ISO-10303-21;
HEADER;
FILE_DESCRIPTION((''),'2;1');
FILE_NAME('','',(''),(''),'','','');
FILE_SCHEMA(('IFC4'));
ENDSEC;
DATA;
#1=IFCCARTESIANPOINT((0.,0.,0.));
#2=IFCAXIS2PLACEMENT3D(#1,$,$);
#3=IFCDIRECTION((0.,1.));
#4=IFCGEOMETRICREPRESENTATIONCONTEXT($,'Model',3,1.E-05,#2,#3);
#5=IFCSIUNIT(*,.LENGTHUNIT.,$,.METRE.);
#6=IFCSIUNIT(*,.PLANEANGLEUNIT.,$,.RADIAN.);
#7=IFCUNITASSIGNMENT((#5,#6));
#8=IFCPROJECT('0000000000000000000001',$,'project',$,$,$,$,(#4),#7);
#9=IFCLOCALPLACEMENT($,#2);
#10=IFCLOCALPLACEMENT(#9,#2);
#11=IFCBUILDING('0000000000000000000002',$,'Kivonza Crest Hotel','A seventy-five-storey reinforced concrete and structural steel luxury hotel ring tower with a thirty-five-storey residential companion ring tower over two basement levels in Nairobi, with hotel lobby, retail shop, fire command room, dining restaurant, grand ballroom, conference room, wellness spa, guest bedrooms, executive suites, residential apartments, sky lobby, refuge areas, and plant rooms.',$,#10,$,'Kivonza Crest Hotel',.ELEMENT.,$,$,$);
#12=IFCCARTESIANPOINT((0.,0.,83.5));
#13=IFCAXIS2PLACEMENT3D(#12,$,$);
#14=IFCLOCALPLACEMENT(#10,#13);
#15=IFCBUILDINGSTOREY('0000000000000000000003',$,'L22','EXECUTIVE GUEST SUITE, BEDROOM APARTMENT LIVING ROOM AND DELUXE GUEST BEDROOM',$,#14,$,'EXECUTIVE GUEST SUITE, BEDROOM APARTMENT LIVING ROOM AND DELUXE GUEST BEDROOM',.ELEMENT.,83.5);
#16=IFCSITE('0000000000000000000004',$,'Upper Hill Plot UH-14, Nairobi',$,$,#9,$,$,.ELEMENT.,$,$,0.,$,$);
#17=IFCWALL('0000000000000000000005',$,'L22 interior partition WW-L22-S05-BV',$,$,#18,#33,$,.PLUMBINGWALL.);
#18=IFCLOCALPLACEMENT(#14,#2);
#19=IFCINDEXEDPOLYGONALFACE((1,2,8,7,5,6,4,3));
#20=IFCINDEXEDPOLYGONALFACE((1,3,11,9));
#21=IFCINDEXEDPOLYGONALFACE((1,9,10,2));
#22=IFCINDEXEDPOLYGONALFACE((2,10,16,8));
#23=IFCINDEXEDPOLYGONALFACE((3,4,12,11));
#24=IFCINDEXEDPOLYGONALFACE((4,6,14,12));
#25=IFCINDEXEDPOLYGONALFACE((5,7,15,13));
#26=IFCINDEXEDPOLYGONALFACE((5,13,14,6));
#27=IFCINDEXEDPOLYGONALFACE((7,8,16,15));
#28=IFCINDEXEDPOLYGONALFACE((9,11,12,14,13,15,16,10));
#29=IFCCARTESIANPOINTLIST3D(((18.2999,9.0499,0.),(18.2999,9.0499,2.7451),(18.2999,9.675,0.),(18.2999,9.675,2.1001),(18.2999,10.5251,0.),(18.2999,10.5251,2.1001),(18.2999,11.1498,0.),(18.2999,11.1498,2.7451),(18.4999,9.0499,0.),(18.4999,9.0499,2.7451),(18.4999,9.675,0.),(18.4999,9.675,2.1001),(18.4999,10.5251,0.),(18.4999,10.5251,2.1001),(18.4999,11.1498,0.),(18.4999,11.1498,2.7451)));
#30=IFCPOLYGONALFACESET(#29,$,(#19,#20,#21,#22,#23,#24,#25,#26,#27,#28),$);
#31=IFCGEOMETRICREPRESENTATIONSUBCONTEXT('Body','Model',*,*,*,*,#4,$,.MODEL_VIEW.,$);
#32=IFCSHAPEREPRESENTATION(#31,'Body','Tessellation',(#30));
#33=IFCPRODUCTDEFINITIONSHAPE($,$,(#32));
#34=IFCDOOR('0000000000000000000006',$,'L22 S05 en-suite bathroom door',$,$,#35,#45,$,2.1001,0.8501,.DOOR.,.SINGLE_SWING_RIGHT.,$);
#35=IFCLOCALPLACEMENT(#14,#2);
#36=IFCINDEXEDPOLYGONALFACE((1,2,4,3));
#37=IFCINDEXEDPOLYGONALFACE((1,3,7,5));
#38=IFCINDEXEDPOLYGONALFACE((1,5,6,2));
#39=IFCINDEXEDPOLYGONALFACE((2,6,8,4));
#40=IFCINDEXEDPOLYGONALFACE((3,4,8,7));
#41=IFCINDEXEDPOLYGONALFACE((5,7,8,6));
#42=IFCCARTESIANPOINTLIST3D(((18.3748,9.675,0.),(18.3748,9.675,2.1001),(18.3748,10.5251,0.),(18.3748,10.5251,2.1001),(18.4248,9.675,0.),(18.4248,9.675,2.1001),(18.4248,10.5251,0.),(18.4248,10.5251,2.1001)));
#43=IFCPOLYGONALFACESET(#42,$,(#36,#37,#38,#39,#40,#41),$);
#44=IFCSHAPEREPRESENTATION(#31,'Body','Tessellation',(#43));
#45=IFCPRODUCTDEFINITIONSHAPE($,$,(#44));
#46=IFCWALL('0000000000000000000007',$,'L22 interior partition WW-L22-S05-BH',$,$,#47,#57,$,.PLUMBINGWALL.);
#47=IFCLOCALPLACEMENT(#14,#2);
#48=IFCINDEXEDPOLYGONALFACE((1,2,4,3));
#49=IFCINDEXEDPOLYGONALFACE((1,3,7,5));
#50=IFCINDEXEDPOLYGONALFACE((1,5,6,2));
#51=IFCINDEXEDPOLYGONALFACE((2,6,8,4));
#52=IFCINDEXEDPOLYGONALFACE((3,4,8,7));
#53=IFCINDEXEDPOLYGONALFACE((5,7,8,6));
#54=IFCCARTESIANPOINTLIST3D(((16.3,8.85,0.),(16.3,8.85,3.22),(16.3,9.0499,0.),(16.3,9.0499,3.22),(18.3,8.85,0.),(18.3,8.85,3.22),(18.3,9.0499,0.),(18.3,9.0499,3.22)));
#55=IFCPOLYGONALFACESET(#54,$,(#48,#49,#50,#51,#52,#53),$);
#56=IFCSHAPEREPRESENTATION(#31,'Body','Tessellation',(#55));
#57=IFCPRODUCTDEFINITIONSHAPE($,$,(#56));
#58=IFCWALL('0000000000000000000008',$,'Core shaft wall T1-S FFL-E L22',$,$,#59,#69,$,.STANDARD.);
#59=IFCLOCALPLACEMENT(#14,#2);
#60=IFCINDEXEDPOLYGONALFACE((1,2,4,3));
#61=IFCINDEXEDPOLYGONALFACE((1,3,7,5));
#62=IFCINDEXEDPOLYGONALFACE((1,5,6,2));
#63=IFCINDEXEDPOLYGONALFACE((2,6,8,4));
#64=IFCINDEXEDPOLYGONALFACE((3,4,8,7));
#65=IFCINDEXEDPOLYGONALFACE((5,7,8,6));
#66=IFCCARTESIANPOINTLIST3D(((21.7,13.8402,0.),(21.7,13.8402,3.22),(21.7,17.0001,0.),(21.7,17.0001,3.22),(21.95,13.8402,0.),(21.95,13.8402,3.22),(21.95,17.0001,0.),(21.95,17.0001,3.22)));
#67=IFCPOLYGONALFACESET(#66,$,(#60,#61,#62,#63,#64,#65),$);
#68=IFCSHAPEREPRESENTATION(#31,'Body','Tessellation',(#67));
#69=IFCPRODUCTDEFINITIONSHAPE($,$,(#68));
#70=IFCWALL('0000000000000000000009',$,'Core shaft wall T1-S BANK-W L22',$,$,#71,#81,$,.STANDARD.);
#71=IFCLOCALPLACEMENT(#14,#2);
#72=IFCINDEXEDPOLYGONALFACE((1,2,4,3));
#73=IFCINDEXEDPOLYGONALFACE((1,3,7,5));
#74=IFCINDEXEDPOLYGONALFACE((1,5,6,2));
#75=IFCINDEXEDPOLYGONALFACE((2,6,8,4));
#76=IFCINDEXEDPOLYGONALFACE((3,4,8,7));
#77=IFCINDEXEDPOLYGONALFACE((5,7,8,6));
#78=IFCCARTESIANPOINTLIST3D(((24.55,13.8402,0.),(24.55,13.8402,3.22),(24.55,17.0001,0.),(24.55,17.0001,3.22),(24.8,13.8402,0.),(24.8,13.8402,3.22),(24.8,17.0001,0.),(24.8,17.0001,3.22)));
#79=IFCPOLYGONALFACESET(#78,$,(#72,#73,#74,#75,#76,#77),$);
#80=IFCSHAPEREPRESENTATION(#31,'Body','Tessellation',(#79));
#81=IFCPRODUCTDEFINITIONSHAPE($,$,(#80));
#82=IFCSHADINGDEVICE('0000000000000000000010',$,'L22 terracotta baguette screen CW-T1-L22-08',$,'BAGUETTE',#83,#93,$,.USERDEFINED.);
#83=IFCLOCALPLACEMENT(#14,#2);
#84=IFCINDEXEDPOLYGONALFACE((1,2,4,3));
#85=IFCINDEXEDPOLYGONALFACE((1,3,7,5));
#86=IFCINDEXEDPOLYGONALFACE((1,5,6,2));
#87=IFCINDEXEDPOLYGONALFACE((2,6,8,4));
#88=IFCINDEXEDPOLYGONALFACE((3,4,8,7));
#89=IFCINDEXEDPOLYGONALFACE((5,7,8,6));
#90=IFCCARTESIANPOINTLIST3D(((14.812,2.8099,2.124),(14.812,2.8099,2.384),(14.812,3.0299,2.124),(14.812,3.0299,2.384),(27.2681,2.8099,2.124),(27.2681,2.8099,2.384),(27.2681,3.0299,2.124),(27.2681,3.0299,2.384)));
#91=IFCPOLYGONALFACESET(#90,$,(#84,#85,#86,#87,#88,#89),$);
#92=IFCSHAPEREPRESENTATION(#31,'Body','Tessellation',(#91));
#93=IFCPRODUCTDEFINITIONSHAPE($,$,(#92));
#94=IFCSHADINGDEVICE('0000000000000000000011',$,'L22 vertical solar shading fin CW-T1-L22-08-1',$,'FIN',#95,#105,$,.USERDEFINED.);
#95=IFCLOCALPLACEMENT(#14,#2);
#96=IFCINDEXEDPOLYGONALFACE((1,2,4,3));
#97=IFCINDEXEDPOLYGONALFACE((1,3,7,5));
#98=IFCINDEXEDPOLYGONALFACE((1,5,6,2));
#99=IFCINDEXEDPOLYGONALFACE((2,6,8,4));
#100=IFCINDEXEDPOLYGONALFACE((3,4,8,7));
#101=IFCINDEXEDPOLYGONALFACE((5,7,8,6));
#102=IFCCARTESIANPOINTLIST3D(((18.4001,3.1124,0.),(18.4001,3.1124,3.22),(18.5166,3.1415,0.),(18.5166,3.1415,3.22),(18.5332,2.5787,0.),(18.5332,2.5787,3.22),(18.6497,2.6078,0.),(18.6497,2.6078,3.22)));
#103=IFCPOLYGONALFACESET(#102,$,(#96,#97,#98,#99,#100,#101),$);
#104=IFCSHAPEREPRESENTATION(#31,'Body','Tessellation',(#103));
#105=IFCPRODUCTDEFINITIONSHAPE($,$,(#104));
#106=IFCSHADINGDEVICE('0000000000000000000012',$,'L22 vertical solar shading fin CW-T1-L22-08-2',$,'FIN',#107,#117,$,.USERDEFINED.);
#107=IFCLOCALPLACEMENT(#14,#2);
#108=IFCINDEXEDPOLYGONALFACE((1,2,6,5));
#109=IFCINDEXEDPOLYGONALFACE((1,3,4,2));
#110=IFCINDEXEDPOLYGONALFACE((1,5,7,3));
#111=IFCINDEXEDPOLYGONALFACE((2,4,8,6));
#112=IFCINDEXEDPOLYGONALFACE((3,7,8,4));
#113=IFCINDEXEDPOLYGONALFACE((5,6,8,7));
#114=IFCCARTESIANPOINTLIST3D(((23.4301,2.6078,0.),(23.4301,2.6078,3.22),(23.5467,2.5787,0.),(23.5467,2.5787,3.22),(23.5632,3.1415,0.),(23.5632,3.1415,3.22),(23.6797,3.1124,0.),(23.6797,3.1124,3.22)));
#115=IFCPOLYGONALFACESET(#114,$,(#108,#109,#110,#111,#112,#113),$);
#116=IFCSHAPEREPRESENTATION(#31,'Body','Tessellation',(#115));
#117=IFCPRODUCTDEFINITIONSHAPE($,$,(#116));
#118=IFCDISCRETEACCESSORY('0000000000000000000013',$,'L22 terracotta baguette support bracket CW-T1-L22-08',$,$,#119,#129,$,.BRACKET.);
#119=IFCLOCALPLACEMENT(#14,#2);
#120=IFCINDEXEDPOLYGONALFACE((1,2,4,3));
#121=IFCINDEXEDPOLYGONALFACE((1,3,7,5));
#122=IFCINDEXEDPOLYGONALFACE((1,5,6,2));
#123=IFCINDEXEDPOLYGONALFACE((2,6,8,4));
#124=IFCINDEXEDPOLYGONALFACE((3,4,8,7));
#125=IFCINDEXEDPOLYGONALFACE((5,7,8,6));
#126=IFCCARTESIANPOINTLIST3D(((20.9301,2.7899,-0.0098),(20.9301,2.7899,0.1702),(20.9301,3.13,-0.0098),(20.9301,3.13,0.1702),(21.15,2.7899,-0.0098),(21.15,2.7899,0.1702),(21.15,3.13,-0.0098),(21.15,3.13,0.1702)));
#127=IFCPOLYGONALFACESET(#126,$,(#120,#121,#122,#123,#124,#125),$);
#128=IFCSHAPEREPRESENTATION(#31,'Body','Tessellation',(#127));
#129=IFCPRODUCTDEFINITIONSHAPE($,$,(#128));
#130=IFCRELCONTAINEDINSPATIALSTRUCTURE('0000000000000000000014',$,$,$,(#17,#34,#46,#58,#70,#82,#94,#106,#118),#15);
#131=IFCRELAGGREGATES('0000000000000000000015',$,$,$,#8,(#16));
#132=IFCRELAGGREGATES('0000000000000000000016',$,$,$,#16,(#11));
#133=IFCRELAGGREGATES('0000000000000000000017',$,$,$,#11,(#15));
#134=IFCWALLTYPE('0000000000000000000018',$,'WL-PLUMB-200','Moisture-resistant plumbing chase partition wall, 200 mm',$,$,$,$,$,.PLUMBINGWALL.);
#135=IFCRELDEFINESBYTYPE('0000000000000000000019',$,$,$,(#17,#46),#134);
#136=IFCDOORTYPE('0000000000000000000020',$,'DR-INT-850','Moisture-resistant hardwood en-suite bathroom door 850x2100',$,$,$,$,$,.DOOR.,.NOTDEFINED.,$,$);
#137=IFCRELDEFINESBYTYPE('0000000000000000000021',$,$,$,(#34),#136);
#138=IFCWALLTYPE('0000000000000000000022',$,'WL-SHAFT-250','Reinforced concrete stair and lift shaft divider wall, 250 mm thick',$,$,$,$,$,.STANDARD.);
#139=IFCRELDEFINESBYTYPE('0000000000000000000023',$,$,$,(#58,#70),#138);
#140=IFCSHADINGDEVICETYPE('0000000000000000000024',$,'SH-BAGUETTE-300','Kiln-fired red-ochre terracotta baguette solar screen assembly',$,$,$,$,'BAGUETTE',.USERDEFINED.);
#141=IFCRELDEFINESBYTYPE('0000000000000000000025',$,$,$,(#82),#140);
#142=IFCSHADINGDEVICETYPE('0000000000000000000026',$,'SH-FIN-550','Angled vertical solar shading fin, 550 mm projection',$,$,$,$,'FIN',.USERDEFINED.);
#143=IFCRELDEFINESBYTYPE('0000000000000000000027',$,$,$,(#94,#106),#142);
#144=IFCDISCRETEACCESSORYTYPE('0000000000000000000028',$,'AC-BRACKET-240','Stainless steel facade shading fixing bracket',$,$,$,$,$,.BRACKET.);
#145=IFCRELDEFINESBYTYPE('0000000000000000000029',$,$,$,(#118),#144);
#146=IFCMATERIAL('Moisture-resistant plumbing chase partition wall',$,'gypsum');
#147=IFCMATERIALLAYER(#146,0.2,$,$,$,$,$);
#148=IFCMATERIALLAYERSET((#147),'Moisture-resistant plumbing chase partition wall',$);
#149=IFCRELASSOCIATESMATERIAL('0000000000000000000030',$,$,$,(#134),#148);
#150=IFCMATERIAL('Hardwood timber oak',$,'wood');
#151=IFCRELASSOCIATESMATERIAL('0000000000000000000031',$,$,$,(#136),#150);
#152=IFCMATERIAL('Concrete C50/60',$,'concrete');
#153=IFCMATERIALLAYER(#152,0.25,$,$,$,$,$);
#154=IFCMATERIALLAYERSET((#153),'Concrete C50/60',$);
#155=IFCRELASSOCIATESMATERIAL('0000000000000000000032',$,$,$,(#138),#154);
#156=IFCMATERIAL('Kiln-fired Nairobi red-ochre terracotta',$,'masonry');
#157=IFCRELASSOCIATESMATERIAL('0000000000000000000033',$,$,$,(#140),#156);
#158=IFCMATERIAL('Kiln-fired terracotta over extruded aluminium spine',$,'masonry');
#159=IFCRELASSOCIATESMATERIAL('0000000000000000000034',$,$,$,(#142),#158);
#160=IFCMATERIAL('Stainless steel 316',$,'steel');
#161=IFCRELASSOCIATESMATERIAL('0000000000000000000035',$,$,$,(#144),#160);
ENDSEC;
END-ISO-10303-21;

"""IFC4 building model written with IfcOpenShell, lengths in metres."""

from ifc_helpers import new_model, si_unit, direction, frame, frame_2d, origin, origin_2d, place, context, subcontext, project, spatial, rectangle, extrude, material, layer, layer_set, type_object, element, fill, save


model = new_model("IFC4")

# Units and contexts
model_context = context("Model", 3, precision=1e-05, world=origin(), true_north=direction((0.0, 1.0)))
body_context = subcontext(model_context, "Body", "Model", "MODEL_VIEW")
ifc_project = project(units=[si_unit("LENGTHUNIT", "METRE"), si_unit("PLANEANGLEUNIT", "RADIAN")], contexts=[model_context])

# Site, building, storey
site_placement = place(None, origin())
site = spatial("IfcSite", under=ifc_project, at=site_placement, Name="Upper Hill Plot UH-14, Nairobi", CompositionType="ELEMENT", RefElevation=0.0)
building_placement = place(site_placement, origin())
building = spatial("IfcBuilding", under=site, at=building_placement, Name="Kivonza Crest Hotel", Description="A seventy-five-storey reinforced concrete and structural steel luxury hotel ring tower with a thirty-five-storey residential companion ring tower over two basement levels in Nairobi, with hotel lobby, retail shop, fire command room, dining restaurant, grand ballroom, conference room, wellness spa, guest bedrooms, executive suites, residential apartments, sky lobby, refuge areas, and plant rooms.", LongName="Kivonza Crest Hotel", CompositionType="ELEMENT")
storey_placement = place(building_placement, frame((0.0, 0.0, 83.5)))
storey = spatial("IfcBuildingStorey", under=building, at=storey_placement, Name="L22", Description="EXECUTIVE GUEST SUITE, BEDROOM APARTMENT LIVING ROOM AND DELUXE GUEST BEDROOM", LongName="EXECUTIVE GUEST SUITE, BEDROOM APARTMENT LIVING ROOM AND DELUXE GUEST BEDROOM", CompositionType="ELEMENT", Elevation=83.5)

# Shared definitions
ifc_material_1 = material(Name="Concrete C50/60", Category="concrete")

# Shared definitions
ifc_material_2 = material(Name="Hardwood timber oak", Category="wood")

# Wall, opening, door
ifc_material_3 = material(Name="Moisture-resistant plumbing chase partition wall", Category="gypsum")
ifc_layer_1 = layer(ifc_material_3, 0.2)
ifc_layer_set_1 = layer_set([ifc_layer_1], Name="Moisture-resistant plumbing chase partition wall")
wall_type_1 = type_object("IfcWallType", Name="WL-PLUMB-200", Description="Moisture-resistant plumbing chase partition wall, 200 mm", PredefinedType="PLUMBINGWALL", material=ifc_layer_set_1)
wall_1_placement = place(storey_placement, frame((18.3999, 9.05, 0.0), z_axis=(0.0, 0.0, 1.0), x_axis=(0.0, 1.0, 0.0)))
wall_1 = element("IfcWall", 1, at=wall_1_placement, inside=storey, type_object=wall_type_1, Name="L22 interior partition WW-L22-S05-BV", PredefinedType="PLUMBINGWALL", context=body_context, shape_type="SweptSolid", body=[
    extrude(rectangle(XDim=2.0999, YDim=0.2, at=frame_2d((1.0498, 0.0))), origin(), (0.0, 0.0, 1.0), 2.7451),
])
opening_1_placement = place(wall_1_placement, frame((0.625, 0.0, 0.0)))
opening_1 = element("IfcOpeningElement", 2, at=opening_1_placement, cuts=wall_1, PredefinedType="OPENING", context=body_context, shape_type="SweptSolid", body=[
    extrude(rectangle(XDim=0.8501, YDim=2.1001, at=frame_2d((0.425, 1.05))), frame((0.0, 0.1099, 0.0), z_axis=(0.0, -1.0, 0.0), x_axis=(1.0, 0.0, 0.0)), (0.0, 0.0, 1.0), 0.22),
])
door_type_1 = type_object("IfcDoorType", Name="DR-INT-850", Description="Moisture-resistant hardwood en-suite bathroom door 850x2100", OperationType="NOTDEFINED", PredefinedType="DOOR", material=ifc_material_2)
door_1_placement = place(opening_1_placement, frame((0.8501, 0.0, 0.0), z_axis=(0.0, 0.0, 1.0), x_axis=(-1.0, 0.0, 0.0)))
door_1 = element("IfcDoor", 3, at=door_1_placement, inside=storey, type_object=door_type_1, Name="L22 S05 en-suite bathroom door", OperationType="SINGLE_SWING_RIGHT", OverallHeight=2.1001, OverallWidth=0.8501, PredefinedType="DOOR", context=body_context, shape_type="SweptSolid", body=[
    extrude(rectangle(XDim=0.8501, YDim=2.1001, at=frame_2d((0.425, 1.05))), frame((0.0, 0.0249, 0.0), z_axis=(0.0, -1.0, 0.0), x_axis=(1.0, 0.0, 0.0)), (0.0, 0.0, 1.0), 0.05),
])
fill(opening_1, door_1)

# Wall
wall_2_placement = place(storey_placement, frame((16.3, 8.95, 0.0), z_axis=(0.0, 0.0, 1.0), x_axis=(1.0, 0.0, 0.0)))
element("IfcWall", 4, at=wall_2_placement, inside=storey, type_object=wall_type_1, Name="L22 interior partition WW-L22-S05-BH", PredefinedType="PLUMBINGWALL", context=body_context, shape_type="SweptSolid", body=[
    extrude(rectangle(XDim=2.0, YDim=0.2, at=frame_2d((1.0, 0.0))), origin(), (0.0, 0.0, 1.0), 3.22),
])

# Shared definitions
ifc_layer_2 = layer(ifc_material_1, 0.25)
ifc_layer_set_2 = layer_set([ifc_layer_2], Name="Concrete C50/60")
wall_type_2 = type_object("IfcWallType", Name="WL-SHAFT-250", Description="Reinforced concrete stair and lift shaft divider wall, 250 mm thick", PredefinedType="STANDARD", material=ifc_layer_set_2)

# Walls
for number, where, z_axis, x_axis, name in (
    (5, (21.825, 13.8401, 0.0), (0.0, 0.0, 1.0), (0.0, 1.0, 0.0), "Core shaft wall T1-S FFL-E L22"),
    (6, (24.675, 13.8401, 0.0), (0.0, 0.0, 1.0), (0.0, 1.0, 0.0), "Core shaft wall T1-S BANK-W L22"),
):
    element("IfcWall", number, at=place(storey_placement, frame(where, z_axis=z_axis, x_axis=x_axis)), inside=storey, type_object=wall_type_2, Name=name, PredefinedType="STANDARD", context=body_context, shape_type="SweptSolid", body=[
        extrude(rectangle(XDim=3.1599, YDim=0.25, at=frame_2d((1.5801, 0.0))), origin(), (0.0, 0.0, 1.0), 3.22),
    ])

# Shading devices
ifc_material_4 = material(Name="Kiln-fired Nairobi red-ochre terracotta", Category="masonry")
shading_device_type_1 = type_object("IfcShadingDeviceType", Name="SH-BAGUETTE-300", Description="Kiln-fired red-ochre terracotta baguette solar screen assembly", ElementType="BAGUETTE", PredefinedType="USERDEFINED", material=ifc_material_4)
shading_device_placement = place(storey_placement, frame((21.04, 2.9199, 2.124), z_axis=(0.0, 0.0, 1.0), x_axis=(1.0, 0.0, 0.0)))
element("IfcShadingDevice", 7, at=shading_device_placement, inside=storey, type_object=shading_device_type_1, Name="L22 terracotta baguette screen CW-T1-L22-08", ObjectType="BAGUETTE", PredefinedType="USERDEFINED", context=body_context, shape_type="SweptSolid", body=[
    extrude(rectangle(XDim=12.4561, YDim=0.22, at=origin_2d()), origin(), (0.0, 0.0, 1.0), 0.26),
])
ifc_material_5 = material(Name="Kiln-fired terracotta over extruded aluminium spine", Category="masonry")
shading_device_type_2 = type_object("IfcShadingDeviceType", Name="SH-FIN-550", Description="Angled vertical solar shading fin, 550 mm projection", ElementType="FIN", PredefinedType="USERDEFINED", material=ifc_material_5)
for number, where, z_axis, x_axis, name in (
    (8, (18.5249, 2.8601, 0.0), (0.0, 0.0, 1.0), (0.970296, 0.241922, 0.0), "L22 vertical solar shading fin CW-T1-L22-08-1"),
    (9, (23.5549, 2.8601, 0.0), (0.0, 0.0, 1.0), (0.970296, -0.241922, 0.0), "L22 vertical solar shading fin CW-T1-L22-08-2"),
):
    element("IfcShadingDevice", number, at=place(storey_placement, frame(where, z_axis=z_axis, x_axis=x_axis)), inside=storey, type_object=shading_device_type_2, Name=name, ObjectType="FIN", PredefinedType="USERDEFINED", context=body_context, shape_type="SweptSolid", body=[
        extrude(rectangle(XDim=0.1201, YDim=0.55, at=origin_2d()), origin(), (0.0, 0.0, 1.0), 3.22),
    ])

# Discrete accessory
ifc_material_6 = material(Name="Stainless steel 316", Category="steel")
discrete_accessory_type = type_object("IfcDiscreteAccessoryType", Name="AC-BRACKET-240", Description="Stainless steel facade shading fixing bracket", PredefinedType="BRACKET", material=ifc_material_6)
discrete_accessory_placement = place(storey_placement, frame((21.04, 2.96, -0.0098), z_axis=(0.0, 0.0, 1.0), x_axis=(1.0, 0.0, 0.0)))
element("IfcDiscreteAccessory", 10, at=discrete_accessory_placement, inside=storey, type_object=discrete_accessory_type, Name="L22 terracotta baguette support bracket CW-T1-L22-08", PredefinedType="BRACKET", context=body_context, shape_type="SweptSolid", body=[
    extrude(rectangle(XDim=0.22, YDim=0.3401, at=origin_2d()), origin(), (0.0, 0.0, 1.0), 0.1799),
])

save(model, "model.ifc")
